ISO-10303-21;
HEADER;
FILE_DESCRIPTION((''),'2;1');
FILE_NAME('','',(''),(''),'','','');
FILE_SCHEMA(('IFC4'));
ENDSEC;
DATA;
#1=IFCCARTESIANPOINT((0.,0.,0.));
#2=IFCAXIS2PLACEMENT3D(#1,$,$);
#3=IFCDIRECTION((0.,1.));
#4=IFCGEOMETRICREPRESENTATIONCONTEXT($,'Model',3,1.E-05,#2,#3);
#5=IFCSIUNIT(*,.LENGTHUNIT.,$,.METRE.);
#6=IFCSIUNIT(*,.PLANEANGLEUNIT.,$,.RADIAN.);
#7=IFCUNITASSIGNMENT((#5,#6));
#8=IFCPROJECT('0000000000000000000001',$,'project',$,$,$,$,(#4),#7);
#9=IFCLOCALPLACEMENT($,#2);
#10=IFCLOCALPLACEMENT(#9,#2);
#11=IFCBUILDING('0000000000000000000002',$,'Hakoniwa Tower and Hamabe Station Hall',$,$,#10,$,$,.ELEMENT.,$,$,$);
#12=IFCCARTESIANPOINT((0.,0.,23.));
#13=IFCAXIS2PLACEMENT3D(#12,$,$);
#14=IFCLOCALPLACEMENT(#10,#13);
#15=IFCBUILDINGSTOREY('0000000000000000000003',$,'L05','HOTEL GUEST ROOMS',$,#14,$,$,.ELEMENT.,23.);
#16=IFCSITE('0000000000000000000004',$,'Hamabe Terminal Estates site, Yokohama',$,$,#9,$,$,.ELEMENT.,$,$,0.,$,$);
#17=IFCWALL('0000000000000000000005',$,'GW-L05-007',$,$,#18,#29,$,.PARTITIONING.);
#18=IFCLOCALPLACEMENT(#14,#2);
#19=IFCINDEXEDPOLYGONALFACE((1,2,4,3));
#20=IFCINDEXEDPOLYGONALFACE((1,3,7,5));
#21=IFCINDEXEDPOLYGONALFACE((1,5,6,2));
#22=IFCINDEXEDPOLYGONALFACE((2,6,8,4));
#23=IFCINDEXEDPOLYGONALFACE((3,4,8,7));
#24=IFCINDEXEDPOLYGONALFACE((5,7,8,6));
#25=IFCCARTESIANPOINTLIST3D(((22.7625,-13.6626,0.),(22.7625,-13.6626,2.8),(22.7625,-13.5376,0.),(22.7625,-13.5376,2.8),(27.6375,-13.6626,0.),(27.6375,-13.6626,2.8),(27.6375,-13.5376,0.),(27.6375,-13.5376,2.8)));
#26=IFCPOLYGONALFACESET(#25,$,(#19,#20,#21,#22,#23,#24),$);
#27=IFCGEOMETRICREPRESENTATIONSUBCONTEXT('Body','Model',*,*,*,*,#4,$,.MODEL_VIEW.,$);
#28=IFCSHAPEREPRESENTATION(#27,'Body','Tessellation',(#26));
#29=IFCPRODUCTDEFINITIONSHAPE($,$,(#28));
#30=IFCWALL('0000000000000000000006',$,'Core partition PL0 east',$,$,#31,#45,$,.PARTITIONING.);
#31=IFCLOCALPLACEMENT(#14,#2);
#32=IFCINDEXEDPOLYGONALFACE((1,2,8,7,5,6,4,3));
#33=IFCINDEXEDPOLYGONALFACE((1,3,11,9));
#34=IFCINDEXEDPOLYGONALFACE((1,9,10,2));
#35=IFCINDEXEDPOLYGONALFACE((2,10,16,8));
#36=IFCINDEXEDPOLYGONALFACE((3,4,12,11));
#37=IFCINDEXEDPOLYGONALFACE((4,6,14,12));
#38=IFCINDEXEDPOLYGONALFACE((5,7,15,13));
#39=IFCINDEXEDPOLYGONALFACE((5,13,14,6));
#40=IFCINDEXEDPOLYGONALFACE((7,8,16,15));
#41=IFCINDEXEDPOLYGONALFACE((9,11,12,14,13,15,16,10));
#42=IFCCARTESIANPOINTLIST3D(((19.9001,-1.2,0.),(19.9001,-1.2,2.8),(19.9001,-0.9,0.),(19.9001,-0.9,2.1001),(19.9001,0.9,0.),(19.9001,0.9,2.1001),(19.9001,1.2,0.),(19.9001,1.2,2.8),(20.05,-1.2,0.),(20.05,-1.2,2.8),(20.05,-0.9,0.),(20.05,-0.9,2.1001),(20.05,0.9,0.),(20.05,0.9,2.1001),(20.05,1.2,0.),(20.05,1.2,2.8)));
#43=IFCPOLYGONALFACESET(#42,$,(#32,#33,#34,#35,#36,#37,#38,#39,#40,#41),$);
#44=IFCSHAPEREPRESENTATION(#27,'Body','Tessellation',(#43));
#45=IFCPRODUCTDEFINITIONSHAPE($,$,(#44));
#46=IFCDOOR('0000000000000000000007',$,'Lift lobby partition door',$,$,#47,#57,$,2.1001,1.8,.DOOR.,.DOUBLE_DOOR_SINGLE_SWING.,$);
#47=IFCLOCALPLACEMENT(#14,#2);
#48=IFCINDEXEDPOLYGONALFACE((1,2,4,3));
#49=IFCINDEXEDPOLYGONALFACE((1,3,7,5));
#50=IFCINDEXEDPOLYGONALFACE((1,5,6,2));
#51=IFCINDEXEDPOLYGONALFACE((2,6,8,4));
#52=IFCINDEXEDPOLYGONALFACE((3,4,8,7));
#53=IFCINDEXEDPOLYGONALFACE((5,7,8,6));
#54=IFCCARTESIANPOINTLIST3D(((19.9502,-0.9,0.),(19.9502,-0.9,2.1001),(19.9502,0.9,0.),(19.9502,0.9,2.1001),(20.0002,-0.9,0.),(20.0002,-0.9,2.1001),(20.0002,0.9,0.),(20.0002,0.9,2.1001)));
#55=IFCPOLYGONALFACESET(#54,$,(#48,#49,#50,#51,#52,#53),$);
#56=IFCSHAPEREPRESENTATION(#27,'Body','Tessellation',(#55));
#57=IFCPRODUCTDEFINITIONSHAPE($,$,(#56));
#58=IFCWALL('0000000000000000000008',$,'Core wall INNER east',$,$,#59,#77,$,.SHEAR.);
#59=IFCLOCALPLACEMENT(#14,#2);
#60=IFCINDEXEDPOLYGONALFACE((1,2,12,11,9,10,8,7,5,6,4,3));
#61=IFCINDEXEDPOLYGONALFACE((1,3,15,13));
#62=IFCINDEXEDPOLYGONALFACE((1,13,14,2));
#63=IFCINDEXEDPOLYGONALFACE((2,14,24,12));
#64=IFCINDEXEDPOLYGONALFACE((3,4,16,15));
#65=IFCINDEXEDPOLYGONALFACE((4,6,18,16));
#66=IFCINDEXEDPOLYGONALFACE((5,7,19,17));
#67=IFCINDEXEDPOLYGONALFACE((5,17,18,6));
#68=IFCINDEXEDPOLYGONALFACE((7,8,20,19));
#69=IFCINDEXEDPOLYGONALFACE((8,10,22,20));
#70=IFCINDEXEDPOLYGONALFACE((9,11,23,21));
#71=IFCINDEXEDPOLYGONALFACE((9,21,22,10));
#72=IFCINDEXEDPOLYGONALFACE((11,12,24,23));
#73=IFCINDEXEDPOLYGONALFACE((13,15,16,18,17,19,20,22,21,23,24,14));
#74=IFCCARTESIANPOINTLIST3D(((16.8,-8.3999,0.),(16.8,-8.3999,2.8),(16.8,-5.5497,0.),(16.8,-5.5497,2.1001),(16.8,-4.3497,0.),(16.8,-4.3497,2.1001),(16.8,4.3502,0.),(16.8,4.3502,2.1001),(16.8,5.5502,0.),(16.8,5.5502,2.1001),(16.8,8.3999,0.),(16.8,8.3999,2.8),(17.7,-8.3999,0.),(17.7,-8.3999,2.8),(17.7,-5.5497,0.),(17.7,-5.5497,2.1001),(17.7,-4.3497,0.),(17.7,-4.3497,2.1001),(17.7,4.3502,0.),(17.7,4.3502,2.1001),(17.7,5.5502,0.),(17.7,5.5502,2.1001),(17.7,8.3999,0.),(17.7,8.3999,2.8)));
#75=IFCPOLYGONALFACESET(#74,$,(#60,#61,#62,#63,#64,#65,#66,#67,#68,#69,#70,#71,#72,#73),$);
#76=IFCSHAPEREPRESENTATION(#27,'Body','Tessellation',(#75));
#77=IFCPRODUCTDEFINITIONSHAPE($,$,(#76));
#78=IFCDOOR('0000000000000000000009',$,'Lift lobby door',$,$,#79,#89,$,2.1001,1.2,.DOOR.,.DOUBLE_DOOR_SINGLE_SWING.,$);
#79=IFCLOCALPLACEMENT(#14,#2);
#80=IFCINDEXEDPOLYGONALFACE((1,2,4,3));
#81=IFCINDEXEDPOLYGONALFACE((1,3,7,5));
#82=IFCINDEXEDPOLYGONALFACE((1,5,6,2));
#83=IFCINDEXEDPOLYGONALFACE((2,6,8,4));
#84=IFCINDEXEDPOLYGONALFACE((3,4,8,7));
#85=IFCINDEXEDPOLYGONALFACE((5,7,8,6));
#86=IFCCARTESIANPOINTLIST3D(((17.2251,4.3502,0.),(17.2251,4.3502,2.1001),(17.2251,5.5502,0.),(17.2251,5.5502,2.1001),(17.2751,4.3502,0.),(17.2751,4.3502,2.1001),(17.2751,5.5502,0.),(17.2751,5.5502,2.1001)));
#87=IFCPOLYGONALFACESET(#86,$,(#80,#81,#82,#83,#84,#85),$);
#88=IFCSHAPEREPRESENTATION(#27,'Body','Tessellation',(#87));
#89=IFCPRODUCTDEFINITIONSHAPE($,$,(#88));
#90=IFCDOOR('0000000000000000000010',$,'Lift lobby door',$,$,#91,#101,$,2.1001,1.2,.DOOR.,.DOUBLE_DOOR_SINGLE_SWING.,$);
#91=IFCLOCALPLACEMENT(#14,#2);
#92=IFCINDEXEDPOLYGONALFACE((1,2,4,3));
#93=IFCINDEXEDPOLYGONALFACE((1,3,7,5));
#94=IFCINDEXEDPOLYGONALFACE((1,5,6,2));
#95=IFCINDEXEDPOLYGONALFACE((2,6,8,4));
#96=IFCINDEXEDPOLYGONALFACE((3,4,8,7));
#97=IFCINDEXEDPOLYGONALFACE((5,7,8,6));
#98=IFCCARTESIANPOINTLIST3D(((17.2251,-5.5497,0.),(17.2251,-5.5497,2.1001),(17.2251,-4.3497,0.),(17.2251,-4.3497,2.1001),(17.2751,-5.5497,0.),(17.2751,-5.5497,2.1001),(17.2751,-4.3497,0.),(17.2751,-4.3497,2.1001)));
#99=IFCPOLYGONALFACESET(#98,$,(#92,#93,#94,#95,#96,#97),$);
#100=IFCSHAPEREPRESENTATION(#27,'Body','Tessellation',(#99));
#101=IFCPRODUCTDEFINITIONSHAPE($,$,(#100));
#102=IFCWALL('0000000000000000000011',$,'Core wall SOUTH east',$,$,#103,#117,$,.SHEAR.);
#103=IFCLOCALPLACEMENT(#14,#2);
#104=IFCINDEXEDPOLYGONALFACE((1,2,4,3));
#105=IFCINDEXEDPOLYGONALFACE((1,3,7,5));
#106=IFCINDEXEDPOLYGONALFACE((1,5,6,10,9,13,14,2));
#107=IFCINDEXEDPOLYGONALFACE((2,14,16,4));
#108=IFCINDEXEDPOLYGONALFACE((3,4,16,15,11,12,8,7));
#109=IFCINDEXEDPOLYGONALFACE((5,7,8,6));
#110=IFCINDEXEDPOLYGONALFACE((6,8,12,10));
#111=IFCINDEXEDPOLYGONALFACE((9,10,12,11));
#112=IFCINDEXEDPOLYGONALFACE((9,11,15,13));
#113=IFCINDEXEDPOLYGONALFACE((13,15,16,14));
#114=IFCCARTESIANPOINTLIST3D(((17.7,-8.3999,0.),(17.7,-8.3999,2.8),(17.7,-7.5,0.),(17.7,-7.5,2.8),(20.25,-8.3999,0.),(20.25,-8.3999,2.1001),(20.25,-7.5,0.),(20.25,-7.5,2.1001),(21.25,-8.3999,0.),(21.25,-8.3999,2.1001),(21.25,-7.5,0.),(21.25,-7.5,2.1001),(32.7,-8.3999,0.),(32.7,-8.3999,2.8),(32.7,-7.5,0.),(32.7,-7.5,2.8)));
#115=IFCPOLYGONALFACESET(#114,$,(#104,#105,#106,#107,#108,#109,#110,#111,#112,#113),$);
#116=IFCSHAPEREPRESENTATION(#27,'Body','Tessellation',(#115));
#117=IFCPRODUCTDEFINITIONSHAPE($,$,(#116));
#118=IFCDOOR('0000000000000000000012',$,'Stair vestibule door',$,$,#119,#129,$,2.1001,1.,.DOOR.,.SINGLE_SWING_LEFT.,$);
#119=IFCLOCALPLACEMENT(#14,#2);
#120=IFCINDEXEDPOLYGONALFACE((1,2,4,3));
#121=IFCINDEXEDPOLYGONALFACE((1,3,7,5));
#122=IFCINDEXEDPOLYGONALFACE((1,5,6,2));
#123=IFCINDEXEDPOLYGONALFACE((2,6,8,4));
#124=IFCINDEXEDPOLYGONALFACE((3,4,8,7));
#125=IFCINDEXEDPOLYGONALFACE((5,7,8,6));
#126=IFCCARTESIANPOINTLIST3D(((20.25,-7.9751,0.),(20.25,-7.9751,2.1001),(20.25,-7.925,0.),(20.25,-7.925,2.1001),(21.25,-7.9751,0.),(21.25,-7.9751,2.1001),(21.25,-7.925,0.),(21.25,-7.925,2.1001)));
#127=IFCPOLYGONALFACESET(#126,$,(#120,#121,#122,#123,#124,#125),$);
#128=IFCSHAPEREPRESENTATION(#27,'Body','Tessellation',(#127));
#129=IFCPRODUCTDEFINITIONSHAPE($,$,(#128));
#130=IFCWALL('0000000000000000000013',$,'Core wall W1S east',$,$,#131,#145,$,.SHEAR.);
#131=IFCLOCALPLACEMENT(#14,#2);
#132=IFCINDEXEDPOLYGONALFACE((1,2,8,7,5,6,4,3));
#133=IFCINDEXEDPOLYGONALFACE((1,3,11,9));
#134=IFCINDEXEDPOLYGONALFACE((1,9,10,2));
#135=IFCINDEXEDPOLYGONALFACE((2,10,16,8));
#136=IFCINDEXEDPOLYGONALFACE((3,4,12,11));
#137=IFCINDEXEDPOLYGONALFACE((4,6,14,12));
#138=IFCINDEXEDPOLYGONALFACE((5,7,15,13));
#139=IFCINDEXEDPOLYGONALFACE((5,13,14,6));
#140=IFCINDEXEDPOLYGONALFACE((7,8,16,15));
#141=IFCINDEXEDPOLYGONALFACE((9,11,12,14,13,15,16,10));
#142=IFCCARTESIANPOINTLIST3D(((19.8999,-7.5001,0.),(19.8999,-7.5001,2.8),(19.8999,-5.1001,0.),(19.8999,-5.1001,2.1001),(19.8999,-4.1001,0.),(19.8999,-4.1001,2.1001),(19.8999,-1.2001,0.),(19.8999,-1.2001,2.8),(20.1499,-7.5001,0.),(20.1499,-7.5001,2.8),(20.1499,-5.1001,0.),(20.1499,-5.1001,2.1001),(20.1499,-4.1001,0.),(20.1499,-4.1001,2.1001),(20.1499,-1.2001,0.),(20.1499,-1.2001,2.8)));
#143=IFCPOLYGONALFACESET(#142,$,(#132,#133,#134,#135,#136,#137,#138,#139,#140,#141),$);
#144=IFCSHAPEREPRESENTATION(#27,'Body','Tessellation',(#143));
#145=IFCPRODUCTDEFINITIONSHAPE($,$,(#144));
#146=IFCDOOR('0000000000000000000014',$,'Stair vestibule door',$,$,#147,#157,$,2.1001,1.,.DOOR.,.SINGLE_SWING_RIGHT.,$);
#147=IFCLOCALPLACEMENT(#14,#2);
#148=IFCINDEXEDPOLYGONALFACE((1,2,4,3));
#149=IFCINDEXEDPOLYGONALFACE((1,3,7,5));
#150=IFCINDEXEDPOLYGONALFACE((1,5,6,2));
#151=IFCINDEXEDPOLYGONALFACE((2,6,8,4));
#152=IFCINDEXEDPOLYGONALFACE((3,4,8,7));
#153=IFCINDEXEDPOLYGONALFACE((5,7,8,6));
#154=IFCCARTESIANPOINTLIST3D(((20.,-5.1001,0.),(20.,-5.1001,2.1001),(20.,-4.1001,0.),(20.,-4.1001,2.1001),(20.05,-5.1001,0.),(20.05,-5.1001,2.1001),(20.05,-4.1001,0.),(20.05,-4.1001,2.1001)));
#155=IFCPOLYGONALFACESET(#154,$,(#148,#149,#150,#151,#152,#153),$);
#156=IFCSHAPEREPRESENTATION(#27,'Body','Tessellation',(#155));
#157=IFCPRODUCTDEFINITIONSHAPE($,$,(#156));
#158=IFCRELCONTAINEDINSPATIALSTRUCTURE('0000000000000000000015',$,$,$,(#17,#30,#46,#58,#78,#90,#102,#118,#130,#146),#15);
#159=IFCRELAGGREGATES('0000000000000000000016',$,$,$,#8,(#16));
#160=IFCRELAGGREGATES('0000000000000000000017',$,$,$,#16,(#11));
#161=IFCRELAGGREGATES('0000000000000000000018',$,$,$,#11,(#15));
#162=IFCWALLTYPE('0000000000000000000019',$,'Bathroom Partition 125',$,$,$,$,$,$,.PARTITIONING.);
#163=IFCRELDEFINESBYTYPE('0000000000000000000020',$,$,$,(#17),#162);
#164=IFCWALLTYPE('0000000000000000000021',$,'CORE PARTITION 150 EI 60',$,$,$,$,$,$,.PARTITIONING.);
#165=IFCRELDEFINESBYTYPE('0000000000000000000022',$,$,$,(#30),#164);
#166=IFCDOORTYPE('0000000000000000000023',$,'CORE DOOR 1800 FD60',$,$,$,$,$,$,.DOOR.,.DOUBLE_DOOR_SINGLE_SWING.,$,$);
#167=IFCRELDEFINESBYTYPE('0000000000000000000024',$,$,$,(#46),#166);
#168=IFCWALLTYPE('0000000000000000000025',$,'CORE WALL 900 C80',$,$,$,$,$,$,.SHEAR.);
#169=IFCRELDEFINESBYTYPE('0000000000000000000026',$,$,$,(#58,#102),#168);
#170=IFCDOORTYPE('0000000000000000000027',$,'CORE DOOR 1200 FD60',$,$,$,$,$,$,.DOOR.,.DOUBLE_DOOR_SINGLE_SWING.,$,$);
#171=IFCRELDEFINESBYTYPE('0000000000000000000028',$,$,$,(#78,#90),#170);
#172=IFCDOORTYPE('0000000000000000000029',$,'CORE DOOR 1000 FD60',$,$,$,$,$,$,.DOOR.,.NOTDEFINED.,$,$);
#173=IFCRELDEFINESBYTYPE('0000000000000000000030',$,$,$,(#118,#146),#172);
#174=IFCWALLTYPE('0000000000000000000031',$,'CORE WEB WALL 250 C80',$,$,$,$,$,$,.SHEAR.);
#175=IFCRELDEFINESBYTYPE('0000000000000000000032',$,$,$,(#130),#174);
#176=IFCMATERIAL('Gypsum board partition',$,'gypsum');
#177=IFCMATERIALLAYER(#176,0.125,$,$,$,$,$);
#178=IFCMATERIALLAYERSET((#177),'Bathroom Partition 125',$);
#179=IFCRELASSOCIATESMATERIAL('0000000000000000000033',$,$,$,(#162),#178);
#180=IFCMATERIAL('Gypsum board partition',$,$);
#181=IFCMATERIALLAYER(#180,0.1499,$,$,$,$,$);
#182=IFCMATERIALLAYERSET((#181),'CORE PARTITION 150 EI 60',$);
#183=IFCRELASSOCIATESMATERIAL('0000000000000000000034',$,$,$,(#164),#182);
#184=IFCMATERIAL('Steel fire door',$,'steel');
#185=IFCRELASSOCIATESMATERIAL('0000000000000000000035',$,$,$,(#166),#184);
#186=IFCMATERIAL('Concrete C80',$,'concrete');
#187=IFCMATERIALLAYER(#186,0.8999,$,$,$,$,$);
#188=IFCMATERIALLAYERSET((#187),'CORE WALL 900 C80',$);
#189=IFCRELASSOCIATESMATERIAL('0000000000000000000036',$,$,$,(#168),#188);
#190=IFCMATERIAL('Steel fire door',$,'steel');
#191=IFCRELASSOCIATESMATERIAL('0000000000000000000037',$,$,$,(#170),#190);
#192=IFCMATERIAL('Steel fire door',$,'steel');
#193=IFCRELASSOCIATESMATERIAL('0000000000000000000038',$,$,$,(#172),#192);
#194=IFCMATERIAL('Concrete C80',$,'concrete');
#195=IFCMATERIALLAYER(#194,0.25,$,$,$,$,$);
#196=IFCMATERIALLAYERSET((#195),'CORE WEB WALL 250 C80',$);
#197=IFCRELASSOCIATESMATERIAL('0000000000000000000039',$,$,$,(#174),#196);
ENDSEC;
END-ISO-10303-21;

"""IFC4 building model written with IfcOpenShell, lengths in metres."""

from ifc_helpers import new_model, si_unit, direction, frame, frame_2d, origin, place, context, subcontext, project, spatial, rectangle, extrude, material, layer, layer_set, type_object, element, fill, save


model = new_model("IFC4")

# Units and contexts
model_context = context("Model", 3, precision=1e-05, world=origin(), true_north=direction((0.0, 1.0)))
body_context = subcontext(model_context, "Body", "Model", "MODEL_VIEW")
ifc_project = project(units=[si_unit("LENGTHUNIT", "METRE"), si_unit("PLANEANGLEUNIT", "RADIAN")], contexts=[model_context])

# Site, building, storey
site_placement = place(None, origin())
site = spatial("IfcSite", under=ifc_project, at=site_placement, Name="Hamabe Terminal Estates site, Yokohama", CompositionType="ELEMENT", RefElevation=0.0)
building_placement = place(site_placement, origin())
building = spatial("IfcBuilding", under=site, at=building_placement, Name="Hakoniwa Tower and Hamabe Station Hall", CompositionType="ELEMENT")
storey_placement = place(building_placement, frame((0.0, 0.0, 23.0)))
storey = spatial("IfcBuildingStorey", under=building, at=storey_placement, Name="L05", Description="HOTEL GUEST ROOMS", CompositionType="ELEMENT", Elevation=23.0)

# Wall
ifc_material_1 = material(Name="Gypsum board partition", Category="gypsum")
ifc_layer_1 = layer(ifc_material_1, 0.125)
ifc_layer_set_1 = layer_set([ifc_layer_1], Name="Bathroom Partition 125")
wall_type_1 = type_object("IfcWallType", Name="Bathroom Partition 125", PredefinedType="PARTITIONING", material=ifc_layer_set_1)
wall_1_placement = place(storey_placement, frame((22.7625, -13.6001, 0.0), z_axis=(0.0, 0.0, 1.0), x_axis=(1.0, 0.0, 0.0)))
element("IfcWall", 1, at=wall_1_placement, inside=storey, type_object=wall_type_1, Name="GW-L05-007", PredefinedType="PARTITIONING", context=body_context, shape_type="SweptSolid", body=[
    extrude(rectangle(XDim=4.875, YDim=0.125, at=frame_2d((2.4375, 0.0))), origin(), (0.0, 0.0, 1.0), 2.8),
])

# Wall, opening, door
ifc_material_2 = material(Name="Gypsum board partition")
ifc_layer_2 = layer(ifc_material_2, 0.1499)
ifc_layer_set_2 = layer_set([ifc_layer_2], Name="CORE PARTITION 150 EI 60")
wall_type_2 = type_object("IfcWallType", Name="CORE PARTITION 150 EI 60", PredefinedType="PARTITIONING", material=ifc_layer_set_2)
wall_2_placement = place(storey_placement, frame((19.9751, -1.2, 0.0), z_axis=(0.0, 0.0, 1.0), x_axis=(0.0, 1.0, 0.0)))
wall_2 = element("IfcWall", 2, at=wall_2_placement, inside=storey, type_object=wall_type_2, Name="Core partition PL0 east", PredefinedType="PARTITIONING", context=body_context, shape_type="SweptSolid", body=[
    extrude(rectangle(XDim=2.3999, YDim=0.1499, at=frame_2d((1.2, 0.0))), origin(), (0.0, 0.0, 1.0), 2.8),
])
opening_1_placement = place(wall_2_placement, frame((0.3, 0.0, 0.0)))
opening_1 = element("IfcOpeningElement", 3, at=opening_1_placement, cuts=wall_2, PredefinedType="OPENING", context=body_context, shape_type="SweptSolid", body=[
    extrude(rectangle(XDim=1.8, YDim=2.1001, at=frame_2d((0.8999, 1.05))), frame((0.0, 0.085, 0.0), z_axis=(0.0, -1.0, 0.0), x_axis=(1.0, 0.0, 0.0)), (0.0, 0.0, 1.0), 0.1699),
])
ifc_material_3 = material(Name="Steel fire door", Category="steel")
door_type_1 = type_object("IfcDoorType", Name="CORE DOOR 1800 FD60", OperationType="DOUBLE_DOOR_SINGLE_SWING", PredefinedType="DOOR", material=ifc_material_3)
door_1_placement = place(opening_1_placement, origin())
door_1 = element("IfcDoor", 4, at=door_1_placement, inside=storey, type_object=door_type_1, Name="Lift lobby partition door", OperationType="DOUBLE_DOOR_SINGLE_SWING", OverallHeight=2.1001, OverallWidth=1.8, PredefinedType="DOOR", context=body_context, shape_type="SweptSolid", body=[
    extrude(rectangle(XDim=1.8, YDim=2.1001, at=frame_2d((0.8999, 1.05))), frame((0.0, 0.0249, 0.0), z_axis=(0.0, -1.0, 0.0), x_axis=(1.0, 0.0, 0.0)), (0.0, 0.0, 1.0), 0.05),
])
fill(opening_1, door_1)

# Wall, openings, doors
ifc_material_4 = material(Name="Concrete C80", Category="concrete")
ifc_layer_3 = layer(ifc_material_4, 0.8999)
ifc_layer_set_3 = layer_set([ifc_layer_3], Name="CORE WALL 900 C80")
wall_type_3 = type_object("IfcWallType", Name="CORE WALL 900 C80", PredefinedType="SHEAR", material=ifc_layer_set_3)
wall_3_placement = place(storey_placement, frame((17.25, -8.3999, 0.0), z_axis=(0.0, 0.0, 1.0), x_axis=(0.0, 1.0, 0.0)))
wall_3 = element("IfcWall", 5, at=wall_3_placement, inside=storey, type_object=wall_type_3, Name="Core wall INNER east", PredefinedType="SHEAR", context=body_context, shape_type="SweptSolid", body=[
    extrude(rectangle(XDim=16.7998, YDim=0.8999, at=frame_2d((8.3999, 0.0))), origin(), (0.0, 0.0, 1.0), 2.8),
])
opening_2_placement = place(wall_3_placement, frame((12.75, 0.0, 0.0)))
opening_2 = element("IfcOpeningElement", 6, at=opening_2_placement, cuts=wall_3, PredefinedType="OPENING", context=body_context, shape_type="SweptSolid", body=[
    extrude(rectangle(XDim=1.2, YDim=2.1001, at=frame_2d((0.6001, 1.05))), frame((0.0, 0.46, 0.0), z_axis=(0.0, -1.0, 0.0), x_axis=(1.0, 0.0, 0.0)), (0.0, 0.0, 1.0), 0.9199),
])
opening_3_placement = place(wall_3_placement, frame((2.8501, 0.0, 0.0)))
opening_3 = element("IfcOpeningElement", 7, at=opening_3_placement, cuts=wall_3, PredefinedType="OPENING", context=body_context, shape_type="SweptSolid", body=[
    extrude(rectangle(XDim=1.2, YDim=2.1001, at=frame_2d((0.6001, 1.05))), frame((0.0, 0.46, 0.0), z_axis=(0.0, -1.0, 0.0), x_axis=(1.0, 0.0, 0.0)), (0.0, 0.0, 1.0), 0.9199),
])
ifc_material_5 = material(Name="Steel fire door", Category="steel")
door_type_2 = type_object("IfcDoorType", Name="CORE DOOR 1200 FD60", OperationType="DOUBLE_DOOR_SINGLE_SWING", PredefinedType="DOOR", material=ifc_material_5)
door_2_placement = place(opening_2_placement, origin())
door_2 = element("IfcDoor", 8, at=door_2_placement, inside=storey, type_object=door_type_2, Name="Lift lobby door", OperationType="DOUBLE_DOOR_SINGLE_SWING", OverallHeight=2.1001, OverallWidth=1.2, PredefinedType="DOOR", context=body_context, shape_type="SweptSolid", body=[
    extrude(rectangle(XDim=1.2, YDim=2.1001, at=frame_2d((0.6001, 1.05))), frame((0.0, 0.0249, 0.0), z_axis=(0.0, -1.0, 0.0), x_axis=(1.0, 0.0, 0.0)), (0.0, 0.0, 1.0), 0.05),
])
fill(opening_2, door_2)
door_3_placement = place(opening_3_placement, origin())
door_3 = element("IfcDoor", 9, at=door_3_placement, inside=storey, type_object=door_type_2, Name="Lift lobby door", OperationType="DOUBLE_DOOR_SINGLE_SWING", OverallHeight=2.1001, OverallWidth=1.2, PredefinedType="DOOR", context=body_context, shape_type="SweptSolid", body=[
    extrude(rectangle(XDim=1.2, YDim=2.1001, at=frame_2d((0.6001, 1.05))), frame((0.0, 0.0249, 0.0), z_axis=(0.0, -1.0, 0.0), x_axis=(1.0, 0.0, 0.0)), (0.0, 0.0, 1.0), 0.05),
])
fill(opening_3, door_3)

# Walls, openings, doors
wall_4_placement = place(storey_placement, frame((17.7, -7.95, 0.0), z_axis=(0.0, 0.0, 1.0), x_axis=(1.0, 0.0, 0.0)))
wall_4 = element("IfcWall", 10, at=wall_4_placement, inside=storey, type_object=wall_type_3, Name="Core wall SOUTH east", PredefinedType="SHEAR", context=body_context, shape_type="SweptSolid", body=[
    extrude(rectangle(XDim=15.0, YDim=0.8999, at=frame_2d((7.5, 0.0))), origin(), (0.0, 0.0, 1.0), 2.8),
])
opening_4_placement = place(wall_4_placement, frame((2.55, 0.0, 0.0)))
opening_4 = element("IfcOpeningElement", 11, at=opening_4_placement, cuts=wall_4, PredefinedType="OPENING", context=body_context, shape_type="SweptSolid", body=[
    extrude(rectangle(XDim=1.0, YDim=2.1001, at=frame_2d((0.5, 1.05))), frame((0.0, 0.46, 0.0), z_axis=(0.0, -1.0, 0.0), x_axis=(1.0, 0.0, 0.0)), (0.0, 0.0, 1.0), 0.9199),
])
ifc_material_6 = material(Name="Steel fire door", Category="steel")
door_type_3 = type_object("IfcDoorType", Name="CORE DOOR 1000 FD60", OperationType="NOTDEFINED", PredefinedType="DOOR", material=ifc_material_6)
door_4_placement = place(opening_4_placement, origin())
door_4 = element("IfcDoor", 12, at=door_4_placement, inside=storey, type_object=door_type_3, Name="Stair vestibule door", OperationType="SINGLE_SWING_LEFT", OverallHeight=2.1001, OverallWidth=1.0, PredefinedType="DOOR", context=body_context, shape_type="SweptSolid", body=[
    extrude(rectangle(XDim=1.0, YDim=2.1001, at=frame_2d((0.5, 1.05))), frame((0.0, 0.0249, 0.0), z_axis=(0.0, -1.0, 0.0), x_axis=(1.0, 0.0, 0.0)), (0.0, 0.0, 1.0), 0.05),
])
fill(opening_4, door_4)
ifc_material_7 = material(Name="Concrete C80", Category="concrete")
ifc_layer_4 = layer(ifc_material_7, 0.25)
ifc_layer_set_4 = layer_set([ifc_layer_4], Name="CORE WEB WALL 250 C80")
wall_type_4 = type_object("IfcWallType", Name="CORE WEB WALL 250 C80", PredefinedType="SHEAR", material=ifc_layer_set_4)
wall_5_placement = place(storey_placement, frame((20.0249, -7.5, 0.0), z_axis=(0.0, 0.0, 1.0), x_axis=(0.0, 1.0, 0.0)))
wall_5 = element("IfcWall", 13, at=wall_5_placement, inside=storey, type_object=wall_type_4, Name="Core wall W1S east", PredefinedType="SHEAR", context=body_context, shape_type="SweptSolid", body=[
    extrude(rectangle(XDim=6.3, YDim=0.25, at=frame_2d((3.1499, 0.0))), origin(), (0.0, 0.0, 1.0), 2.8),
])
opening_5_placement = place(wall_5_placement, frame((2.3999, 0.0, 0.0)))
opening_5 = element("IfcOpeningElement", 14, at=opening_5_placement, cuts=wall_5, PredefinedType="OPENING", context=body_context, shape_type="SweptSolid", body=[
    extrude(rectangle(XDim=1.0, YDim=2.1001, at=frame_2d((0.5, 1.05))), frame((0.0, 0.135, 0.0), z_axis=(0.0, -1.0, 0.0), x_axis=(1.0, 0.0, 0.0)), (0.0, 0.0, 1.0), 0.27),
])
door_5_placement = place(opening_5_placement, origin())
door_5 = element("IfcDoor", 15, at=door_5_placement, inside=storey, type_object=door_type_3, Name="Stair vestibule door", OperationType="SINGLE_SWING_RIGHT", OverallHeight=2.1001, OverallWidth=1.0, PredefinedType="DOOR", context=body_context, shape_type="SweptSolid", body=[
    extrude(rectangle(XDim=1.0, YDim=2.1001, at=frame_2d((0.5, 1.05))), frame((0.0, 0.0249, 0.0), z_axis=(0.0, -1.0, 0.0), x_axis=(1.0, 0.0, 0.0)), (0.0, 0.0, 1.0), 0.05),
])
fill(opening_5, door_5)

save(model, "model.ifc")
